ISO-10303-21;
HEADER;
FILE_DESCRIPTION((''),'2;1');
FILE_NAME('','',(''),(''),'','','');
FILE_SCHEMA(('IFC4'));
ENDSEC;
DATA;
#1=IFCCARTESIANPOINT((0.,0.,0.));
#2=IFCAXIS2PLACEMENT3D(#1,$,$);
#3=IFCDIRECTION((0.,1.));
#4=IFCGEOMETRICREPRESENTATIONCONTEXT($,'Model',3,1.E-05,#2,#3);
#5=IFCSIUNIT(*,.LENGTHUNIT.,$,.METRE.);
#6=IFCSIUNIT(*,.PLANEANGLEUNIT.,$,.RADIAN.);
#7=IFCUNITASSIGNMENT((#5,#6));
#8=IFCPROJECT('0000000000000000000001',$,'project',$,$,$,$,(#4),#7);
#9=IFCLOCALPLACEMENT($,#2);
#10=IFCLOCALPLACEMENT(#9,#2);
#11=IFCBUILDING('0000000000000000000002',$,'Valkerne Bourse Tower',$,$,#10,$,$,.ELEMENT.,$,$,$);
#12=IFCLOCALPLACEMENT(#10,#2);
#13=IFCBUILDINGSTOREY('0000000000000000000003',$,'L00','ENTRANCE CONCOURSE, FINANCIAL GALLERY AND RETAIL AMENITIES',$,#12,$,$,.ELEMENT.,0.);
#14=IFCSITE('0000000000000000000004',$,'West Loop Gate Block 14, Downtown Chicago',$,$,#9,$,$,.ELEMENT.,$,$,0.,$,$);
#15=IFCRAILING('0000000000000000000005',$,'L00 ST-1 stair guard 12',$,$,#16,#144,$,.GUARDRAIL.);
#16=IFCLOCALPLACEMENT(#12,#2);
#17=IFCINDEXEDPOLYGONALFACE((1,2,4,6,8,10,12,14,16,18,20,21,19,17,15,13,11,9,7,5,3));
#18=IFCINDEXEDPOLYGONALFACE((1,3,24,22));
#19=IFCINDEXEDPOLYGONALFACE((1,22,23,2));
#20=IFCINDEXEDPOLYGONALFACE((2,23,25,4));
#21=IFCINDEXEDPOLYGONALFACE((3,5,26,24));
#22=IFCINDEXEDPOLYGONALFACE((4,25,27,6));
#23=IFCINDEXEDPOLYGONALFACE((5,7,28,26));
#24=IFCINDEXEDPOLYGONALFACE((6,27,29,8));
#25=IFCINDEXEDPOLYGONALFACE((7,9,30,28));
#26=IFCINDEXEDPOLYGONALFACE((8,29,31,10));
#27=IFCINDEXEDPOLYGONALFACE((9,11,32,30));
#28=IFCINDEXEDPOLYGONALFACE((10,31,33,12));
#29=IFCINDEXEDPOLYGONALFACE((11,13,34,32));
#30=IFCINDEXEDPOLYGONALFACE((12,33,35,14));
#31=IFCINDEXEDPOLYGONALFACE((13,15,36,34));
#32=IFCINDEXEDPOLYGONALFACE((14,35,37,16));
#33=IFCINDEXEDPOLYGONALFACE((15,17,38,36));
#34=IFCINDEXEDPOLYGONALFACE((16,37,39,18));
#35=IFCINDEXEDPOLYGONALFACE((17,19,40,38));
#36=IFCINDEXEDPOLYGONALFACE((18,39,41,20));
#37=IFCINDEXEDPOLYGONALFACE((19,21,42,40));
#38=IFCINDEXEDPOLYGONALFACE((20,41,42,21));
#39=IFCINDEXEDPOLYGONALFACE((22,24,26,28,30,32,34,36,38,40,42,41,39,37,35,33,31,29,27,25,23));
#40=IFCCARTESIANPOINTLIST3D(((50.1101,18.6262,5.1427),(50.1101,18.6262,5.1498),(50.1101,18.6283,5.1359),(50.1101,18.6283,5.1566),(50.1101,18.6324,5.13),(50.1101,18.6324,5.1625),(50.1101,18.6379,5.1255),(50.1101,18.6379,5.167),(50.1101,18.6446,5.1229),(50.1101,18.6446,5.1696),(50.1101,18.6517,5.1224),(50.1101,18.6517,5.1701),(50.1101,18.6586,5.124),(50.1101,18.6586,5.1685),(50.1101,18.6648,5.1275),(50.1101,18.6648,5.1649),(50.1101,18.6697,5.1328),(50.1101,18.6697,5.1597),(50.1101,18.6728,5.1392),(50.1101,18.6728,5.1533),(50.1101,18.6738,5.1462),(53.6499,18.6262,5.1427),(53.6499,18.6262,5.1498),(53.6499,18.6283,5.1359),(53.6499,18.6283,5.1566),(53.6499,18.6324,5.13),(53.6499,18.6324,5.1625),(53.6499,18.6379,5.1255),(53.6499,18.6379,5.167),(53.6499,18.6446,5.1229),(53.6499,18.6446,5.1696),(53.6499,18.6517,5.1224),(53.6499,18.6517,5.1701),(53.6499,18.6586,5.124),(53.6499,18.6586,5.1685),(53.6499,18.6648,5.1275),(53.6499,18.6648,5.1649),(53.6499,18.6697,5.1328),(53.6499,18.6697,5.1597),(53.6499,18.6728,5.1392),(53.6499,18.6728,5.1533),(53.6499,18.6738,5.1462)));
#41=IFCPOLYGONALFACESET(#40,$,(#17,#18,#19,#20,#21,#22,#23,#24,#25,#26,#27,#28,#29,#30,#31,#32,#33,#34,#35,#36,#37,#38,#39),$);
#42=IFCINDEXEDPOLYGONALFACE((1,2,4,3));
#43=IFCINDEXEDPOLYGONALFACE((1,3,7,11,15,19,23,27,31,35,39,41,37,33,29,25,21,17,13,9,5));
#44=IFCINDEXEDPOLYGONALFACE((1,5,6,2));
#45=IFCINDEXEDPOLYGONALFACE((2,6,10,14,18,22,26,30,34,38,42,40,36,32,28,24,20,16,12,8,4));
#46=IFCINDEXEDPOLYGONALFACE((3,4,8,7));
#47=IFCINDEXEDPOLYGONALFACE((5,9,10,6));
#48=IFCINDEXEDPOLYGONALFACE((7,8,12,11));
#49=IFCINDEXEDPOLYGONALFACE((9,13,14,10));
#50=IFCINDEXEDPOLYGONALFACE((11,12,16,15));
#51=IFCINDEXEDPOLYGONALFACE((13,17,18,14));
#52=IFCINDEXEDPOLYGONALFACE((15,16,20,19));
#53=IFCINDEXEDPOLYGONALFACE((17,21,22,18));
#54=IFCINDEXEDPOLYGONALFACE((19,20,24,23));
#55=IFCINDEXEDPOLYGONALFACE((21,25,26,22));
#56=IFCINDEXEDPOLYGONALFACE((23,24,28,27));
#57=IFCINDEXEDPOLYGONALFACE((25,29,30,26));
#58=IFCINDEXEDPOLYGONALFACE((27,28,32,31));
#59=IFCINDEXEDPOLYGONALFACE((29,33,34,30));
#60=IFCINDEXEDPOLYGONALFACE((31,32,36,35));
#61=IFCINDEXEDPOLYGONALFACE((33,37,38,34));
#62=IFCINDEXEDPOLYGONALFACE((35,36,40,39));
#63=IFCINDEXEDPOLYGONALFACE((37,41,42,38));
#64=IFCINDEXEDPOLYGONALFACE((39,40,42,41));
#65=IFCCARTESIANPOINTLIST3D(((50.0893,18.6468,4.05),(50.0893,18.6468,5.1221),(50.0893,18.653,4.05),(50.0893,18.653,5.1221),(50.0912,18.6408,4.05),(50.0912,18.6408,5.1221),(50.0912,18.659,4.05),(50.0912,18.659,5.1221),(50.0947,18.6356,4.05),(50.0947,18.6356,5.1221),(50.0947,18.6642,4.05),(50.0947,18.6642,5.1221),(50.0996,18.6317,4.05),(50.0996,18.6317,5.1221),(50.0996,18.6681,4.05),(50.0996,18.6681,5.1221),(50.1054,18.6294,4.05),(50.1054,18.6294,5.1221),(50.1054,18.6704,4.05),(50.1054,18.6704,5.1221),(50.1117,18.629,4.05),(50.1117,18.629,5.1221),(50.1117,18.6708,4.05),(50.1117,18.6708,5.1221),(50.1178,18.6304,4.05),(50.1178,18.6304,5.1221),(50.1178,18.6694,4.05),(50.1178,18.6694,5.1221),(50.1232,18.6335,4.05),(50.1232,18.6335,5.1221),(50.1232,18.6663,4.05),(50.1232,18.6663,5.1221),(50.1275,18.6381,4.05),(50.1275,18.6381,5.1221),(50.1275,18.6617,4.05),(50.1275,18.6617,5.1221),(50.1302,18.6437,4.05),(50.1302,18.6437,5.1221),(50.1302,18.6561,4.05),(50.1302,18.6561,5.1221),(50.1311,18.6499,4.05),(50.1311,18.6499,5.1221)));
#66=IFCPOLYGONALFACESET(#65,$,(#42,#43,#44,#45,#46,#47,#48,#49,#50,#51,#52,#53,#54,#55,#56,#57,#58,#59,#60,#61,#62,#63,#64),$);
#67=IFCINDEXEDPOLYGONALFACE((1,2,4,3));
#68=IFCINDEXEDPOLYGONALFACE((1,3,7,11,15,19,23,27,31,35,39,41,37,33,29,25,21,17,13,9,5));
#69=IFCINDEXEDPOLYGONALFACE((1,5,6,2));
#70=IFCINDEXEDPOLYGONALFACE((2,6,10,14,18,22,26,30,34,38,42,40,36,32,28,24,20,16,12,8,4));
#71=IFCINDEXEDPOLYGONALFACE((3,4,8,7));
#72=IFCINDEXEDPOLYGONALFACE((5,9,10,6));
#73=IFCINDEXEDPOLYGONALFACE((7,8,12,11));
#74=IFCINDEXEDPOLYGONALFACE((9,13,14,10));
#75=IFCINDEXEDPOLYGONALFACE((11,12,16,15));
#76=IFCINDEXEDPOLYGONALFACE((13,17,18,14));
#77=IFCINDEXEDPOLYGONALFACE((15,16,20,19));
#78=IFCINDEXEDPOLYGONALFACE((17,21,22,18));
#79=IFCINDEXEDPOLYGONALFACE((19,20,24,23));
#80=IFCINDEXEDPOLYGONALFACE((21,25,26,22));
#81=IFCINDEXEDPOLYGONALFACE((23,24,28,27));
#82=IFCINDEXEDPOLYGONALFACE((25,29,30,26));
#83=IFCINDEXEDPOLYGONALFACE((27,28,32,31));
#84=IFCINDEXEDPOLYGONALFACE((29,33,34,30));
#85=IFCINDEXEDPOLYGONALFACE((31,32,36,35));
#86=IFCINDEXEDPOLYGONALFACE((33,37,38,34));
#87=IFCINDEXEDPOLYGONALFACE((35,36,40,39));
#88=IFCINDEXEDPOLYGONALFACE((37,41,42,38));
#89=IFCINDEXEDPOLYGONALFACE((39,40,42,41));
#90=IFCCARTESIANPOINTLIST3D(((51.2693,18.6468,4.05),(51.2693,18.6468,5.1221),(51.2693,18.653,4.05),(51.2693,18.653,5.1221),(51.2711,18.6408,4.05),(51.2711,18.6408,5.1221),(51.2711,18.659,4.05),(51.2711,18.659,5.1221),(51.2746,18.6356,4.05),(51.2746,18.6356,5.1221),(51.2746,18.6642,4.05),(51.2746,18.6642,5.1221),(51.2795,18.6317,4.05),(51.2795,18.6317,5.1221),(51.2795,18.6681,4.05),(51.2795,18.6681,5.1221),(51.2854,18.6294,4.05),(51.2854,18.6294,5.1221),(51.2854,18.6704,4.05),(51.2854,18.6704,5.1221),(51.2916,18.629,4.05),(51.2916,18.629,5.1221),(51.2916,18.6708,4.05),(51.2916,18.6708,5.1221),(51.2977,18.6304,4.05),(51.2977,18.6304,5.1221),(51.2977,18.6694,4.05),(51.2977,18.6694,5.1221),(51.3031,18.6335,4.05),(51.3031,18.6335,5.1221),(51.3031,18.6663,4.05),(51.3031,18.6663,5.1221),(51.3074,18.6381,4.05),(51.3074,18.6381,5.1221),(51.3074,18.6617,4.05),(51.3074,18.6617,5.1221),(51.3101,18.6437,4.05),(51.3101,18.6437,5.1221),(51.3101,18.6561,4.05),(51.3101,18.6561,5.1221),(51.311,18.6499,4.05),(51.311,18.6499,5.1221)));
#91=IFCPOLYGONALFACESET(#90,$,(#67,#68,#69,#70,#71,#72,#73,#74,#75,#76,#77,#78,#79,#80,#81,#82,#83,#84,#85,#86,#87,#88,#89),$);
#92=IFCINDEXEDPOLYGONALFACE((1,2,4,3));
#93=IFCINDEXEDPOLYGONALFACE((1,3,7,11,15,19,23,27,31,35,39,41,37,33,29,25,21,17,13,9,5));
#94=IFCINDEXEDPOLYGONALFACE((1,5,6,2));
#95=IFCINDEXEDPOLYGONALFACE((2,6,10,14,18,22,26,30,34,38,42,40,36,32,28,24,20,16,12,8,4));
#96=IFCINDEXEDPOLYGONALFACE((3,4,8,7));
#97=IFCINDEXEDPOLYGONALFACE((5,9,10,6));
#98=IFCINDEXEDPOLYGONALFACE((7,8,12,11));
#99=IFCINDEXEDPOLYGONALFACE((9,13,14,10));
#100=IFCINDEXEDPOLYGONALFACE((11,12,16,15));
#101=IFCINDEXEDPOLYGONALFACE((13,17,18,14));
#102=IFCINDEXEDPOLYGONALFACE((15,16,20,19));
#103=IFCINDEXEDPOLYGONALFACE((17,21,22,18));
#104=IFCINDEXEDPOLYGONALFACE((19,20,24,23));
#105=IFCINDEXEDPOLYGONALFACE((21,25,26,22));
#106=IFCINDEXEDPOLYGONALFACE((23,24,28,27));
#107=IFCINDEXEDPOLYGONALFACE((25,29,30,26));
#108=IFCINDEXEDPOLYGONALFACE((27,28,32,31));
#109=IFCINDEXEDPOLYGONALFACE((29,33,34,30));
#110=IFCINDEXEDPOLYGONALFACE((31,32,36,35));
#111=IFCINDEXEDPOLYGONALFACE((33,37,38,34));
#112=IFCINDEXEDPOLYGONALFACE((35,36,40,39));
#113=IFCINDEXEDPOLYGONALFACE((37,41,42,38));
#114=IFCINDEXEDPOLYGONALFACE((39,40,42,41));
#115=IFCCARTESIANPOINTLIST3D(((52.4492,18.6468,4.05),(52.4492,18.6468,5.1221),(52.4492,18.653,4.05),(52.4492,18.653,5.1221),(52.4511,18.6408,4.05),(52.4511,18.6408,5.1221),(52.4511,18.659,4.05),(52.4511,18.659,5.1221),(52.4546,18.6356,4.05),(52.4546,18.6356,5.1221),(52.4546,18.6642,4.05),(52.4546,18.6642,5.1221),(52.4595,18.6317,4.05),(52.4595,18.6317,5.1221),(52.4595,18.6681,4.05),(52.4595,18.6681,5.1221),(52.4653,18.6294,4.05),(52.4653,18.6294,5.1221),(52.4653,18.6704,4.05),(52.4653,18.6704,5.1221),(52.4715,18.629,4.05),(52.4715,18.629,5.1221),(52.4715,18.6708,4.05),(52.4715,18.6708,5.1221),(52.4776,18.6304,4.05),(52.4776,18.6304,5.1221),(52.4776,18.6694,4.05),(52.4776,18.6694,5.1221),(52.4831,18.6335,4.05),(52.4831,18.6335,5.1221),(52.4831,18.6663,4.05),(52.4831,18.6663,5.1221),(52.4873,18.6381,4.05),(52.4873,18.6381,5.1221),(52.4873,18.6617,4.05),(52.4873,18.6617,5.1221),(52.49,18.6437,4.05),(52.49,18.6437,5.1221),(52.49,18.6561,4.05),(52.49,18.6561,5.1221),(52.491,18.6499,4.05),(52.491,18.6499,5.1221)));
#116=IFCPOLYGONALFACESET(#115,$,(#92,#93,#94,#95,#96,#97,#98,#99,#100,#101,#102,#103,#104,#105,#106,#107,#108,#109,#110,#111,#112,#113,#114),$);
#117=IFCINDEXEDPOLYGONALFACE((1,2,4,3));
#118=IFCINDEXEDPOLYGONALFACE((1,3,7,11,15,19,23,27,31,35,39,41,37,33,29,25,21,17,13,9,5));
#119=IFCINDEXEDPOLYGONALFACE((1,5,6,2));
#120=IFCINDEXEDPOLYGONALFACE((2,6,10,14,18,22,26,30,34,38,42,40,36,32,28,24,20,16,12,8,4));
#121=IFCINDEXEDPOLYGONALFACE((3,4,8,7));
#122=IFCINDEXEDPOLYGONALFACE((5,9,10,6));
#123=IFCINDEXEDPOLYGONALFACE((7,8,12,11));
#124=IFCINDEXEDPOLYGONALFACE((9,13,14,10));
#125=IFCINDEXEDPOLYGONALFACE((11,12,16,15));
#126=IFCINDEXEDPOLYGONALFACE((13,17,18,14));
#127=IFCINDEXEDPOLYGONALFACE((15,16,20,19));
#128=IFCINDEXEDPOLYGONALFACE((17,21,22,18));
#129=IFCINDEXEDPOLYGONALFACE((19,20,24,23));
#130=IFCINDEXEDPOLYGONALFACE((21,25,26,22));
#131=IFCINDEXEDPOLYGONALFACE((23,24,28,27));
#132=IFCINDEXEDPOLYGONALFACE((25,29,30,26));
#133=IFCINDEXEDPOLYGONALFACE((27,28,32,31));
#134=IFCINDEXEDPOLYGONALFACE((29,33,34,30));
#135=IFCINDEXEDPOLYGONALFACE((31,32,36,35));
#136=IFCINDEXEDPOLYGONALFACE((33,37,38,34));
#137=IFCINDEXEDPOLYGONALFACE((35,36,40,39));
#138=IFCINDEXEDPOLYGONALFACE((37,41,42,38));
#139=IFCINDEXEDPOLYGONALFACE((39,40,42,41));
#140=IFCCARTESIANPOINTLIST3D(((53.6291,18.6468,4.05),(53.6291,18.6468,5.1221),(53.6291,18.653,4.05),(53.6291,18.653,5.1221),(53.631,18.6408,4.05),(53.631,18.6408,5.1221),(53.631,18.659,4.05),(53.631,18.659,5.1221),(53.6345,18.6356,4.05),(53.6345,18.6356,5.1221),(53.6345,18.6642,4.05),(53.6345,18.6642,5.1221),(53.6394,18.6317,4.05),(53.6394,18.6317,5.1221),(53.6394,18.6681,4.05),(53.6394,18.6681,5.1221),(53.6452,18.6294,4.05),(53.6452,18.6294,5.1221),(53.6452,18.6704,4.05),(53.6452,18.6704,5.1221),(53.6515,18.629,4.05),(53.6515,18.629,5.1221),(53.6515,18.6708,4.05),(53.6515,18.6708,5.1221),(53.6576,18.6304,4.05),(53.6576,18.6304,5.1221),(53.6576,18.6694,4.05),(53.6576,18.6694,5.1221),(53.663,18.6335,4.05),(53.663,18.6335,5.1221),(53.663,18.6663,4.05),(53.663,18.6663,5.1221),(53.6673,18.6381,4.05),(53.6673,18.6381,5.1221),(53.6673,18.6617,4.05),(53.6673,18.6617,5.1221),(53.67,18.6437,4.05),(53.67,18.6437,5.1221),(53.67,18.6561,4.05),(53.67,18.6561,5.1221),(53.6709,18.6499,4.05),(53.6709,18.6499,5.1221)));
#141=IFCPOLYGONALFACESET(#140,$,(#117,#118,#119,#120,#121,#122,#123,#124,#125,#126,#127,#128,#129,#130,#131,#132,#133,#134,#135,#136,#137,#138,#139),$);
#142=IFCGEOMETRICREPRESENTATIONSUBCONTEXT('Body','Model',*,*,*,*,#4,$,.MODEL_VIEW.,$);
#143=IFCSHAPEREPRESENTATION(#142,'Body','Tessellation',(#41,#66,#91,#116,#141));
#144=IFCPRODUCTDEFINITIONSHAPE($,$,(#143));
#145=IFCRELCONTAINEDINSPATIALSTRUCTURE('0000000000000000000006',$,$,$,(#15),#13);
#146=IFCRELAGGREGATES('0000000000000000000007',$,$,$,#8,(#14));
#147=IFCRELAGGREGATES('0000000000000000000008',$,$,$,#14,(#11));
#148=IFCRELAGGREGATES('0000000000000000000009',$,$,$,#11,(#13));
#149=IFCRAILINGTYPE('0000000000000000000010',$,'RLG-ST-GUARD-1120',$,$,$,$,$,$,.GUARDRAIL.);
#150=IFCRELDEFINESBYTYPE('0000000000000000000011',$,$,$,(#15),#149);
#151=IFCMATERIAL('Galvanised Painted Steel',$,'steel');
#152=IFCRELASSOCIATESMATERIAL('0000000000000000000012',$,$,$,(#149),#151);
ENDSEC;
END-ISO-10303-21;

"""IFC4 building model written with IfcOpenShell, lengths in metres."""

from ifc_helpers import new_model, si_unit, direction, frame, origin, origin_2d, place, context, subcontext, project, spatial, circle, extrude, material, type_object, element, save


model = new_model("IFC4")

# Units and contexts
model_context = context("Model", 3, precision=1e-05, world=origin(), true_north=direction((0.0, 1.0)))
body_context = subcontext(model_context, "Body", "Model", "MODEL_VIEW")
ifc_project = project(units=[si_unit("LENGTHUNIT", "METRE"), si_unit("PLANEANGLEUNIT", "RADIAN")], contexts=[model_context])

# Site, building, storey
site_placement = place(None, origin())
site = spatial("IfcSite", under=ifc_project, at=site_placement, Name="West Loop Gate Block 14, Downtown Chicago", CompositionType="ELEMENT", RefElevation=0.0)
building_placement = place(site_placement, origin())
building = spatial("IfcBuilding", under=site, at=building_placement, Name="Valkerne Bourse Tower", CompositionType="ELEMENT")
storey_placement = place(building_placement, origin())
storey = spatial("IfcBuildingStorey", under=building, at=storey_placement, Name="L00", Description="ENTRANCE CONCOURSE, FINANCIAL GALLERY AND RETAIL AMENITIES", CompositionType="ELEMENT", Elevation=0.0)

# Railing
ifc_material_1 = material(Name="Galvanised Painted Steel", Category="steel")
railing_type_1 = type_object("IfcRailingType", Name="RLG-ST-GUARD-1120", PredefinedType="GUARDRAIL", material=ifc_material_1)
railing_1_placement = place(storey_placement, frame((50.1101, 18.6499, 4.05)))
element("IfcRailing", 1, at=railing_1_placement, inside=storey, type_object=railing_type_1, Name="L00 ST-1 stair guard 12", PredefinedType="GUARDRAIL", context=body_context, shape_type="SweptSolid", body=[
    extrude(circle(Radius=0.0239, at=origin_2d()), frame((0.0, 0.0, 1.0962), z_axis=(1.0, 0.0, 0.0), x_axis=(0.0, 1.0, 0.0)), (0.0, 0.0, 1.0), 3.5398),
    extrude(circle(Radius=0.021, at=origin_2d()), origin(), (0.0, 0.0, 1.0), 1.072),
    extrude(circle(Radius=0.021, at=origin_2d()), frame((1.1799, 0.0, 0.0)), (0.0, 0.0, 1.0), 1.072),
    extrude(circle(Radius=0.021, at=origin_2d()), frame((2.3599, 0.0, 0.0)), (0.0, 0.0, 1.0), 1.072),
    extrude(circle(Radius=0.021, at=origin_2d()), frame((3.5398, 0.0, 0.0)), (0.0, 0.0, 1.0), 1.072),
])

save(model, "model.ifc")
